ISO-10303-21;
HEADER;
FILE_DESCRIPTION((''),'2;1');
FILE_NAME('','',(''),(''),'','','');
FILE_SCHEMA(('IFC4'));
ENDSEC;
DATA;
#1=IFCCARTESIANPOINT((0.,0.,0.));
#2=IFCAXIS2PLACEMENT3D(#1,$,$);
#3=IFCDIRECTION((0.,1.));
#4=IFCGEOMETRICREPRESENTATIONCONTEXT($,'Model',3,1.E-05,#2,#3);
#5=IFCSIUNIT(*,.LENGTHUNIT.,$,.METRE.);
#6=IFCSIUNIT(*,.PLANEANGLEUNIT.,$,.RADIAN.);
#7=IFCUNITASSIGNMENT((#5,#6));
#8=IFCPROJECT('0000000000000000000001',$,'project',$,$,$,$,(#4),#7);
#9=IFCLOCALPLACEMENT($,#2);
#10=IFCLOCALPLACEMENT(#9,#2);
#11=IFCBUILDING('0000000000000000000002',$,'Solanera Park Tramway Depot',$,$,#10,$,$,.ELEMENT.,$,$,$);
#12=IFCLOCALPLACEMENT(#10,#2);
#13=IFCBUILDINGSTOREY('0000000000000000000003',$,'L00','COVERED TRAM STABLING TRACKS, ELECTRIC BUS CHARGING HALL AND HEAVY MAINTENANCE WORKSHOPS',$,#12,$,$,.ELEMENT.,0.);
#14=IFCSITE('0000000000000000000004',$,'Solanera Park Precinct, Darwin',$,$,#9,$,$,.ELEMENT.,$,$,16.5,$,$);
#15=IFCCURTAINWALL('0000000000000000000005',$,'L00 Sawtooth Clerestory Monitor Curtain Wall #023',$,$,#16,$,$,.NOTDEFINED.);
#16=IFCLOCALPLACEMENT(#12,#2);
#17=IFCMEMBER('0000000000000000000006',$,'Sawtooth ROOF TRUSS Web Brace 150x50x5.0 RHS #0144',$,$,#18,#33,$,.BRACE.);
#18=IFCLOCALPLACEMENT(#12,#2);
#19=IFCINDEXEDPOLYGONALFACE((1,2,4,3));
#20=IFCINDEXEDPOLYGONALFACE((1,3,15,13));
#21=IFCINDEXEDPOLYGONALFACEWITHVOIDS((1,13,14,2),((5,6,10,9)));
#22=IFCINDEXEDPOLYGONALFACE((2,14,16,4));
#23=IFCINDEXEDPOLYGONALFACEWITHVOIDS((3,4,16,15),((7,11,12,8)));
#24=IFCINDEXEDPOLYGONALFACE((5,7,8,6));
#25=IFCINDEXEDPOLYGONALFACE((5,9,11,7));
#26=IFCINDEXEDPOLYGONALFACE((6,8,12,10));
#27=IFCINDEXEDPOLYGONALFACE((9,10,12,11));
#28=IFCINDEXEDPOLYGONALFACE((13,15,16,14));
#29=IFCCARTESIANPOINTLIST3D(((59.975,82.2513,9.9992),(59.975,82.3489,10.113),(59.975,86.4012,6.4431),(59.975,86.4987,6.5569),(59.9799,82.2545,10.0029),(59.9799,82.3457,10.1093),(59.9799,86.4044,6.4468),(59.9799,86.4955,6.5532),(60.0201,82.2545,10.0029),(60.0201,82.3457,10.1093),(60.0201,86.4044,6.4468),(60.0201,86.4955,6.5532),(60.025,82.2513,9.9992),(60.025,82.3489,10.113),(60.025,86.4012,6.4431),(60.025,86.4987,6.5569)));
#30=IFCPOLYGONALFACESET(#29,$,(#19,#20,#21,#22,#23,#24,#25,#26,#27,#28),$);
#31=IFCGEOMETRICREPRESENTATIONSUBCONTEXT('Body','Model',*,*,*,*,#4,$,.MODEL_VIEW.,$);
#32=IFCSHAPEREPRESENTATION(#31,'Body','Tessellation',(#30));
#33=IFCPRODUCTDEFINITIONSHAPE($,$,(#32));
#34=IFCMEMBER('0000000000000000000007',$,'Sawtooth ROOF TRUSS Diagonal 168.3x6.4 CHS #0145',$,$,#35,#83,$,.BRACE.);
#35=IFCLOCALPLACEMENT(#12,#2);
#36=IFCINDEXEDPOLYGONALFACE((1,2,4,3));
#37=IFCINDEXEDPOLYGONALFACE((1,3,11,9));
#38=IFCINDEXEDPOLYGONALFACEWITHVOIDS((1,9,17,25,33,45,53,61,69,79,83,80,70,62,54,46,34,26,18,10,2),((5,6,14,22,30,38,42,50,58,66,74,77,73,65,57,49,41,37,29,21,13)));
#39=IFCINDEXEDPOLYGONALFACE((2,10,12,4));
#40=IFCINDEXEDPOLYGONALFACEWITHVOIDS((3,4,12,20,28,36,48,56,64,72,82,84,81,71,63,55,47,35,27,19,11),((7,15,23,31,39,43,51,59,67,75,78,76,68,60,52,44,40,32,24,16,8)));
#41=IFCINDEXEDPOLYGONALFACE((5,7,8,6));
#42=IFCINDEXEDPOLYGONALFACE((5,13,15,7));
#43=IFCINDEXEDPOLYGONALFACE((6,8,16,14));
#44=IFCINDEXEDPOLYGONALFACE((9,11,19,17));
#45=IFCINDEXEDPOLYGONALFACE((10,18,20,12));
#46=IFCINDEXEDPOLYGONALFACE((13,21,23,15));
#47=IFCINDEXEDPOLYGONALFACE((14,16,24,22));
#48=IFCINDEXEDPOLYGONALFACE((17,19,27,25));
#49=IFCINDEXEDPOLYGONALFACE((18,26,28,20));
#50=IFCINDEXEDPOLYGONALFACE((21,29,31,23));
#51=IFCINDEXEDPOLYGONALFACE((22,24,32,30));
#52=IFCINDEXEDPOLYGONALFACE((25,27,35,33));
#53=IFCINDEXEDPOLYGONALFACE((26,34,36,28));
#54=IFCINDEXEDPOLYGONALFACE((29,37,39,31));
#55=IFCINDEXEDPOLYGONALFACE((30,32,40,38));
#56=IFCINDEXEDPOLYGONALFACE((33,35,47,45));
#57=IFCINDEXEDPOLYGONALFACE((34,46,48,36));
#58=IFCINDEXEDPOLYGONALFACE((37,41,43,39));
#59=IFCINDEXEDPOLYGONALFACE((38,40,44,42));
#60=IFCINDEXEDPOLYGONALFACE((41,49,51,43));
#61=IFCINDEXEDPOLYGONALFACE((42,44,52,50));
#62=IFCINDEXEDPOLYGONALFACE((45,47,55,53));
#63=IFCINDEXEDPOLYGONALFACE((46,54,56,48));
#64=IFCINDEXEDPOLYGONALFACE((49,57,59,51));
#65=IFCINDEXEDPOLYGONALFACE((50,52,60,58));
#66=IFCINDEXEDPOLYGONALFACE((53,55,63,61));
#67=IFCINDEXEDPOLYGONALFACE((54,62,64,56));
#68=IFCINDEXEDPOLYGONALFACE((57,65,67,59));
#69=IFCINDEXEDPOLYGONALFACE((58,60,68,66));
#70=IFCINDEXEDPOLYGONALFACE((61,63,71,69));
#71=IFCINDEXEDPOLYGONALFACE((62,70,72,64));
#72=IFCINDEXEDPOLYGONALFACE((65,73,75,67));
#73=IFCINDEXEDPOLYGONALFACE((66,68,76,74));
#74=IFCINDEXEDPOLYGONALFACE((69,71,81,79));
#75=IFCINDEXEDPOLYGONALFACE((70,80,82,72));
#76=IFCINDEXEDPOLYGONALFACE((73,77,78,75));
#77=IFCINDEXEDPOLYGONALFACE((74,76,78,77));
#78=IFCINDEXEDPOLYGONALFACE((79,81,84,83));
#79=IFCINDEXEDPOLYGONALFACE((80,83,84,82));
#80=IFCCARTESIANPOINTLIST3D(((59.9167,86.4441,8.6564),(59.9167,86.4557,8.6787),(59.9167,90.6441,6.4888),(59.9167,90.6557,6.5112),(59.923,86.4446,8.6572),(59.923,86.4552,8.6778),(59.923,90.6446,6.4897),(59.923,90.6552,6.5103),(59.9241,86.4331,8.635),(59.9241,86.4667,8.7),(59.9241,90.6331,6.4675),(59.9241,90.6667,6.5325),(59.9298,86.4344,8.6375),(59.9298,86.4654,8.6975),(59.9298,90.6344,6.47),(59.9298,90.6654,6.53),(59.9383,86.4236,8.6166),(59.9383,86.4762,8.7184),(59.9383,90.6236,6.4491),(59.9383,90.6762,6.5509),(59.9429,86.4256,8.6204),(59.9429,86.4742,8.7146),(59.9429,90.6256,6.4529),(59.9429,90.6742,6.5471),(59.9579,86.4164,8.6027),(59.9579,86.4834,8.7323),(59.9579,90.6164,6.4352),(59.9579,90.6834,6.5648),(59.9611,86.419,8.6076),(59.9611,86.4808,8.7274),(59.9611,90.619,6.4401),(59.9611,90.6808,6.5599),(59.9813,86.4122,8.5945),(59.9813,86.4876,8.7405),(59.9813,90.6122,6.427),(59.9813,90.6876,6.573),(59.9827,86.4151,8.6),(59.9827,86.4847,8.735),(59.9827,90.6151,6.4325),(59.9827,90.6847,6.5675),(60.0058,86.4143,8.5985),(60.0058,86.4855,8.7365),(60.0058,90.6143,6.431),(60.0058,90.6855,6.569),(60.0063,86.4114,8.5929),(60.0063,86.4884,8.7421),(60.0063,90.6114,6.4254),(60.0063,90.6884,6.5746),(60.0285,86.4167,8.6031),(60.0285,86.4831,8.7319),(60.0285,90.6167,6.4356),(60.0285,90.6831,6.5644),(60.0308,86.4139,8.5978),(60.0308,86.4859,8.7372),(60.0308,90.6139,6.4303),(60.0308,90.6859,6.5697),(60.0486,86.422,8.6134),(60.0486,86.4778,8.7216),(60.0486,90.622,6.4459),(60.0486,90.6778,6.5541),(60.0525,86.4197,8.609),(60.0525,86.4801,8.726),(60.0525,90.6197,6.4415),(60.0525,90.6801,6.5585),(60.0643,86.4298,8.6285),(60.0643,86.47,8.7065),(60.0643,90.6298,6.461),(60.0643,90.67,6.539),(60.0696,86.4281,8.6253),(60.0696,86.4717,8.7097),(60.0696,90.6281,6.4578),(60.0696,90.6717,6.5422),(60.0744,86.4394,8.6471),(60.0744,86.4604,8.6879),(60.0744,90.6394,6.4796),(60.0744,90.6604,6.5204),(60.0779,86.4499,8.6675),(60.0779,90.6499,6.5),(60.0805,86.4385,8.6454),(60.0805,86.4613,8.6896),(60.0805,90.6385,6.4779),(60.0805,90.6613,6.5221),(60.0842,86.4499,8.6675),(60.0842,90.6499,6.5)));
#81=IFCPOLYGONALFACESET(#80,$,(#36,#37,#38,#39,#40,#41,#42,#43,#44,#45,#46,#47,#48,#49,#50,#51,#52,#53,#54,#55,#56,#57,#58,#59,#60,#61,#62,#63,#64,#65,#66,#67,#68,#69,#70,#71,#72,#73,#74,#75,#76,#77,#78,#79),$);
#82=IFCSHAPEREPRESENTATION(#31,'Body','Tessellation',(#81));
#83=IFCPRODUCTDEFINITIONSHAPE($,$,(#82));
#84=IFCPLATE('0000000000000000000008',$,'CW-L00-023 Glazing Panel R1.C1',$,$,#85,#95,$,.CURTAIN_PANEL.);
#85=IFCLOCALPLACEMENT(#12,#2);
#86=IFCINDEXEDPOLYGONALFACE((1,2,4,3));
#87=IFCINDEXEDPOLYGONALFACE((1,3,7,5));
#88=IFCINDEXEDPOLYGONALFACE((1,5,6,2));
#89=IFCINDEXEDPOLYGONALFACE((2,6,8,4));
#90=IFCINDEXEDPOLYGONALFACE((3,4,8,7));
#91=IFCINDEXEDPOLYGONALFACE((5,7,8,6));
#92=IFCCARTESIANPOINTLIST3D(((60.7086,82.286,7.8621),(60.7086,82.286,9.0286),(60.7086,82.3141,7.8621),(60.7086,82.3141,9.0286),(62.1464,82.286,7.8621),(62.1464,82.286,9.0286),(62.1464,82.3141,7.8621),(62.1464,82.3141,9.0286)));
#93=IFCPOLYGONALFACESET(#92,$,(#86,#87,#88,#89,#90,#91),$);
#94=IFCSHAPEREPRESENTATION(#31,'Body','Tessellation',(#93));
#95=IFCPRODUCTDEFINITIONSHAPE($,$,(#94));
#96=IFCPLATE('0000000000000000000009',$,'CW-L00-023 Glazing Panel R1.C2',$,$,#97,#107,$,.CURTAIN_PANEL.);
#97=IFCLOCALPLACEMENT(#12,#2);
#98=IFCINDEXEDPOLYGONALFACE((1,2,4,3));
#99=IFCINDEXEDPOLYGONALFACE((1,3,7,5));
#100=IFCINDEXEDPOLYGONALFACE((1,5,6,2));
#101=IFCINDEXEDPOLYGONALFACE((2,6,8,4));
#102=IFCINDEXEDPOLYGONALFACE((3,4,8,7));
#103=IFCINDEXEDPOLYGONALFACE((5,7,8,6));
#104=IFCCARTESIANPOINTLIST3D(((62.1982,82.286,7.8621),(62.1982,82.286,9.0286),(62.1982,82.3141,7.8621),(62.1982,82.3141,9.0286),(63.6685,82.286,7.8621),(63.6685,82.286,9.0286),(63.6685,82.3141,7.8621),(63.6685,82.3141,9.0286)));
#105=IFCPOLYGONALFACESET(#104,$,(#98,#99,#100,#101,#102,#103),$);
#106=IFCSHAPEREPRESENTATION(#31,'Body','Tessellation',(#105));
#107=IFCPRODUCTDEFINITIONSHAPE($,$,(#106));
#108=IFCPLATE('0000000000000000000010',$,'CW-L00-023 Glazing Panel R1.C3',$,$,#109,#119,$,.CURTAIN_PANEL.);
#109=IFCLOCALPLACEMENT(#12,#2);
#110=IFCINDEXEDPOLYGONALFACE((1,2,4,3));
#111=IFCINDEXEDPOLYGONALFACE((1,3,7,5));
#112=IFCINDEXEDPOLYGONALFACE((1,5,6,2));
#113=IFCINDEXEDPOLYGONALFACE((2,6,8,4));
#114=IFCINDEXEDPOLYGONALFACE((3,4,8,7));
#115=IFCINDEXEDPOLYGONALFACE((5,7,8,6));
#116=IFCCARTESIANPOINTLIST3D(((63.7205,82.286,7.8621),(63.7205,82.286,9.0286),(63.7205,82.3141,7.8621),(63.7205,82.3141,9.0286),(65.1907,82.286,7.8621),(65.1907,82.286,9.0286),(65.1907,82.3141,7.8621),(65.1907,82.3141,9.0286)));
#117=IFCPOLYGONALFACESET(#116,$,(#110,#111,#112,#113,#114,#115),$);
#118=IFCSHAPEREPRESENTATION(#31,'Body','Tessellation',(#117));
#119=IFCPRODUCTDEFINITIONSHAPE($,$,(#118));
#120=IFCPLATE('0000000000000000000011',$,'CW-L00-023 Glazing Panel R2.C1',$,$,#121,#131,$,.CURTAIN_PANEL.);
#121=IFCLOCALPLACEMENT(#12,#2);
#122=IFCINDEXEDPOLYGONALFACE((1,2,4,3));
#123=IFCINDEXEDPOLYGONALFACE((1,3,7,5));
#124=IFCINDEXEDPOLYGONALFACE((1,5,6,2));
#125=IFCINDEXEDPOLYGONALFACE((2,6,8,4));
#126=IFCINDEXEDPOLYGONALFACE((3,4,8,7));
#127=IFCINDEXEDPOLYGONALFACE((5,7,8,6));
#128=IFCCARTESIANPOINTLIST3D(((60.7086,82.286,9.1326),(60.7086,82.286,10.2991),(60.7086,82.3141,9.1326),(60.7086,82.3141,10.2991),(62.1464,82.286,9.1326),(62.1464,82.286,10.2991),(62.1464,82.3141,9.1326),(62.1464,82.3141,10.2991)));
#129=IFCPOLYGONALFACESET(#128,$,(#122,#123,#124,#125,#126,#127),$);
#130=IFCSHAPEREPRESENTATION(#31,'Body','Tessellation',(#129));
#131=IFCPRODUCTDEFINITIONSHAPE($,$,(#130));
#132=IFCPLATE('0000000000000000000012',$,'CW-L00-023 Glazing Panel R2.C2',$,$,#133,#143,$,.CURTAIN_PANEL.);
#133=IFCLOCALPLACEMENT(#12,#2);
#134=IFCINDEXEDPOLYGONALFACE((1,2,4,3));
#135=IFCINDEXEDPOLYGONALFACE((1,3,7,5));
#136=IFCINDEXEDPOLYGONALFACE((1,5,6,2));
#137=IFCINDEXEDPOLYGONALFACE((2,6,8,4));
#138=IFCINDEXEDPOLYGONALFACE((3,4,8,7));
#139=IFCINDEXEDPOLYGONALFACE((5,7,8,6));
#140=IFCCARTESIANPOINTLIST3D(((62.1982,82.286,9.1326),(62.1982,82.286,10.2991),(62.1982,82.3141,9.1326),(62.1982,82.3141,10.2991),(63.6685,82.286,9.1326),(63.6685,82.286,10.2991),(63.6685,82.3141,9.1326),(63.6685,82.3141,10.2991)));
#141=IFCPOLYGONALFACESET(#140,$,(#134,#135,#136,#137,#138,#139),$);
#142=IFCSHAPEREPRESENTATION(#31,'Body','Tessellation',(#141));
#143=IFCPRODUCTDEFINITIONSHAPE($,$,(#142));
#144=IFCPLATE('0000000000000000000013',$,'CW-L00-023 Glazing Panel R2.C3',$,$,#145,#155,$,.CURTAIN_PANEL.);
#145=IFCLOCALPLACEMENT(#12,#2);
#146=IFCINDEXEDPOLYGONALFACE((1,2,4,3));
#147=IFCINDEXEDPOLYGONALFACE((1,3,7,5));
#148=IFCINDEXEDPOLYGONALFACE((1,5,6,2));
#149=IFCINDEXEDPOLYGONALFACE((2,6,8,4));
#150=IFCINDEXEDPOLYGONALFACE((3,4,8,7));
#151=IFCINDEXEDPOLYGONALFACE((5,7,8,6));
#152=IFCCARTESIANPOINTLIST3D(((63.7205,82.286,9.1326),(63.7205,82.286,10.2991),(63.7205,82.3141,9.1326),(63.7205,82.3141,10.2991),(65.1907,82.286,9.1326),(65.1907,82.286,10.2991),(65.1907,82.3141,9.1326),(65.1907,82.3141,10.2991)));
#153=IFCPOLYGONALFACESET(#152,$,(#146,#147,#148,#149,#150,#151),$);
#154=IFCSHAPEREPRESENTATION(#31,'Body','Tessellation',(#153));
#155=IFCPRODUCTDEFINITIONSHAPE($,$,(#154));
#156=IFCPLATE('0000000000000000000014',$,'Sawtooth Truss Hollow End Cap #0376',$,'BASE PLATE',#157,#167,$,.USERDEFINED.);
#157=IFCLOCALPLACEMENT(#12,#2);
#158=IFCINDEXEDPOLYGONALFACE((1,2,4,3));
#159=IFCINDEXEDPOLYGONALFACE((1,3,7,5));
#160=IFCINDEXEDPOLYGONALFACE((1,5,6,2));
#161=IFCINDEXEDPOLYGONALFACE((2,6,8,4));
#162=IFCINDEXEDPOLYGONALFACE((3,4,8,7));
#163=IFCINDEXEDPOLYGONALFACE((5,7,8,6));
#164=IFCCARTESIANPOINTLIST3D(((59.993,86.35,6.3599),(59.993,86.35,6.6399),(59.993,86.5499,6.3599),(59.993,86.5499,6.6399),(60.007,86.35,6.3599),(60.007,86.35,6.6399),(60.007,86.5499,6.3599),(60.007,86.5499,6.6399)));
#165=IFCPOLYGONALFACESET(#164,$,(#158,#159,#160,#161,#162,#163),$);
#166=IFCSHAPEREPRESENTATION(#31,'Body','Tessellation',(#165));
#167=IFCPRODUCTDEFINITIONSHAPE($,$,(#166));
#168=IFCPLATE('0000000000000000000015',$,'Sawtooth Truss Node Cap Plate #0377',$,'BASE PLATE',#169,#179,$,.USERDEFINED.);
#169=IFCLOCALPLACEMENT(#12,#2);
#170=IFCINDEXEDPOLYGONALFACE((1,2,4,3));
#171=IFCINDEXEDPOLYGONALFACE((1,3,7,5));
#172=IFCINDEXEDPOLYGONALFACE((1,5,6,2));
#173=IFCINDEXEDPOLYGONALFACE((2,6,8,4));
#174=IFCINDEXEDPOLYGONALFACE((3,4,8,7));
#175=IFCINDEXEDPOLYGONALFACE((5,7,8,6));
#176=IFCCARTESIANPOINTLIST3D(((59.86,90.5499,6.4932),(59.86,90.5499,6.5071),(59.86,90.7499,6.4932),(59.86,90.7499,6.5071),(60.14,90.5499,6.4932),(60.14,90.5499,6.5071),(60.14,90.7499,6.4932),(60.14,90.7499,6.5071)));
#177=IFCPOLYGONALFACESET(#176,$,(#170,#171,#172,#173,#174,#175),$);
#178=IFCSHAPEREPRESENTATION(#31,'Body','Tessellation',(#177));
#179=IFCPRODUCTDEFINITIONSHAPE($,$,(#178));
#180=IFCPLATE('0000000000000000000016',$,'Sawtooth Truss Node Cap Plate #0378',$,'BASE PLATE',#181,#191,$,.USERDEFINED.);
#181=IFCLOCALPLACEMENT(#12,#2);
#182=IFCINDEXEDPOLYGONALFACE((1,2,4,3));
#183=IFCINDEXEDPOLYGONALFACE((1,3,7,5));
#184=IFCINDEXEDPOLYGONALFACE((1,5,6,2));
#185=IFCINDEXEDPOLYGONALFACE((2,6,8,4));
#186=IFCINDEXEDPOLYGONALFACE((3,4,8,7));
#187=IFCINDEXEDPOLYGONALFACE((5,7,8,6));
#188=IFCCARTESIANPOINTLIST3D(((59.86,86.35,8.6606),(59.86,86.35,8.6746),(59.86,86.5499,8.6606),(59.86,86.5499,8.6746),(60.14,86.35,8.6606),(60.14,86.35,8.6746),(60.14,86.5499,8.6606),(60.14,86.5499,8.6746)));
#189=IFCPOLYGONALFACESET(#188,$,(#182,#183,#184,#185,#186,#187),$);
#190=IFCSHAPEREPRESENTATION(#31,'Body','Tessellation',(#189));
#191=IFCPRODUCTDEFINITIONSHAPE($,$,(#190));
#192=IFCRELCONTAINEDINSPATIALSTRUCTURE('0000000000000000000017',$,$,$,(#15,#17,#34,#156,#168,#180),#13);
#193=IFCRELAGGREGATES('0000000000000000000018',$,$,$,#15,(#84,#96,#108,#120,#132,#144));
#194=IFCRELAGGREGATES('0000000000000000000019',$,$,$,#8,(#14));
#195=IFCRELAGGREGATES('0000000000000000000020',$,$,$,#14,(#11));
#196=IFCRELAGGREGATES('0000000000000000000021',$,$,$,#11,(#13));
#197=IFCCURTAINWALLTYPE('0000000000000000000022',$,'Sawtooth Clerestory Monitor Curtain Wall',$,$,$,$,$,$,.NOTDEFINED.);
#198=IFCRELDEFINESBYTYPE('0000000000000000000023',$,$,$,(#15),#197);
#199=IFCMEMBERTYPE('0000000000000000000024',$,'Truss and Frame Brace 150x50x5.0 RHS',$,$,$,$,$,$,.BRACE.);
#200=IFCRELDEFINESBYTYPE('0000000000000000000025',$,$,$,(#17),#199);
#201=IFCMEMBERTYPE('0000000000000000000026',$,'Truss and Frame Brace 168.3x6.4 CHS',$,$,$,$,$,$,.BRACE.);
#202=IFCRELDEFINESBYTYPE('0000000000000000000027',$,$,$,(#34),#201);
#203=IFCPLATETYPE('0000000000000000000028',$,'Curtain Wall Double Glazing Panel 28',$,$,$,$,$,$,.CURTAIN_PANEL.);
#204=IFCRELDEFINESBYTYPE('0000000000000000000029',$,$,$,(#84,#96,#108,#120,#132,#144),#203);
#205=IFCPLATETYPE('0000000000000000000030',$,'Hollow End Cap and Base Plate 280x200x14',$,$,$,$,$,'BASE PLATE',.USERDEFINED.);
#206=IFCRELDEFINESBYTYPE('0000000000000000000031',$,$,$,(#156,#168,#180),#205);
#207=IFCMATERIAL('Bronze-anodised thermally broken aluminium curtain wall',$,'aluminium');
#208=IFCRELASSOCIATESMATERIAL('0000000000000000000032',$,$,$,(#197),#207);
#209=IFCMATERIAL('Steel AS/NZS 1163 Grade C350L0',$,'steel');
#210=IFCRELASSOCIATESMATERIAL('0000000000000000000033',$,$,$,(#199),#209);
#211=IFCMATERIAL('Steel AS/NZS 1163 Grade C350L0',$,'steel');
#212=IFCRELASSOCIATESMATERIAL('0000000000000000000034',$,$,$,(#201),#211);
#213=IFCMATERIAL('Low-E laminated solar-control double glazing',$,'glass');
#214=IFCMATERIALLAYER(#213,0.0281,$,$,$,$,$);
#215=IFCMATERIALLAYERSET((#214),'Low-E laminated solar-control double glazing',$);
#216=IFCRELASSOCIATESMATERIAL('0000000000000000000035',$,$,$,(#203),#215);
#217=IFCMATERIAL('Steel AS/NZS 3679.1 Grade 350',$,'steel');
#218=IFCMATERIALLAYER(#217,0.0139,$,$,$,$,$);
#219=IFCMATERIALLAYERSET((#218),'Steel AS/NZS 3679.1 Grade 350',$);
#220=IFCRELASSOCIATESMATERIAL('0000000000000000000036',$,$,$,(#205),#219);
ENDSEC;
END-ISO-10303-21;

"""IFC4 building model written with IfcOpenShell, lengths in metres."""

from ifc_helpers import new_model, si_unit, direction, frame, origin, origin_2d, place, context, subcontext, project, spatial, rectangle, hollow_rectangle, hollow_circle, extrude, material, layer, layer_set, material_profile, profile_set, type_object, element, aggregate, save


model = new_model("IFC4")

# Units and contexts
model_context = context("Model", 3, precision=1e-05, world=origin(), true_north=direction((0.0, 1.0)))
body_context = subcontext(model_context, "Body", "Model", "MODEL_VIEW")
ifc_project = project(units=[si_unit("LENGTHUNIT", "METRE"), si_unit("PLANEANGLEUNIT", "RADIAN")], contexts=[model_context])

# Site, building, storey
site_placement = place(None, origin())
site = spatial("IfcSite", under=ifc_project, at=site_placement, Name="Solanera Park Precinct, Darwin", CompositionType="ELEMENT", RefElevation=16.5)
building_placement = place(site_placement, origin())
building = spatial("IfcBuilding", under=site, at=building_placement, Name="Solanera Park Tramway Depot", CompositionType="ELEMENT")
storey_placement = place(building_placement, origin())
storey = spatial("IfcBuildingStorey", under=building, at=storey_placement, Name="L00", Description="COVERED TRAM STABLING TRACKS, ELECTRIC BUS CHARGING HALL AND HEAVY MAINTENANCE WORKSHOPS", CompositionType="ELEMENT", Elevation=0.0)

# Curtain wall
ifc_material_1 = material(Name="Bronze-anodised thermally broken aluminium curtain wall", Category="aluminium")
curtain_wall_type = type_object("IfcCurtainWallType", Name="Sawtooth Clerestory Monitor Curtain Wall", PredefinedType="NOTDEFINED", material=ifc_material_1)
curtain_wall_placement = place(storey_placement, origin())
curtain_wall = element("IfcCurtainWall", 1, at=curtain_wall_placement, inside=storey, type_object=curtain_wall_type, Name="L00 Sawtooth Clerestory Monitor Curtain Wall #023", PredefinedType="NOTDEFINED")

# Members
ifc_material_2 = material(Name="Steel AS/NZS 1163 Grade C350L0", Category="steel")
ifc_material_profile_1 = material_profile(ifc_material_2, hollow_rectangle(XDim=0.05, YDim=0.1499, WallThickness=0.0049, at=origin_2d()), Name="150x50x5.0 RHS")
ifc_profile_set_1 = profile_set([ifc_material_profile_1], Name="Steel AS/NZS 1163 Grade C350L0")
member_type_1 = type_object("IfcMemberType", Name="Truss and Frame Brace 150x50x5.0 RHS", PredefinedType="BRACE", material=ifc_profile_set_1)
member_1_placement = place(storey_placement, frame((60.0, 86.45, 6.5), z_axis=(0.0, -0.759339, 0.650696), x_axis=(1.0, 0.0, 0.0)))
element("IfcMember", 2, at=member_1_placement, inside=storey, type_object=member_type_1, Name="Sawtooth ROOF TRUSS Web Brace 150x50x5.0 RHS #0144", PredefinedType="BRACE", context=body_context, shape_type="SweptSolid", body=[
    extrude(hollow_rectangle(XDim=0.05, YDim=0.1499, WallThickness=0.0049, at=origin_2d()), origin(), (0.0, 0.0, 1.0), 5.4651),
])
ifc_material_3 = material(Name="Steel AS/NZS 1163 Grade C350L0", Category="steel")
ifc_material_profile_2 = material_profile(ifc_material_3, hollow_circle(Radius=0.0842, WallThickness=0.0063, at=origin_2d()), Name="168.3x6.4 CHS")
ifc_profile_set_2 = profile_set([ifc_material_profile_2], Name="Steel AS/NZS 1163 Grade C350L0")
member_type_2 = type_object("IfcMemberType", Name="Truss and Frame Brace 168.3x6.4 CHS", PredefinedType="BRACE", material=ifc_profile_set_2)
member_2_placement = place(storey_placement, frame((60.0, 90.6499, 6.5), z_axis=(0.0, -0.888641, 0.458603), x_axis=(1.0, 0.0, 0.0)))
element("IfcMember", 3, at=member_2_placement, inside=storey, type_object=member_type_2, Name="Sawtooth ROOF TRUSS Diagonal 168.3x6.4 CHS #0145", PredefinedType="BRACE", context=body_context, shape_type="SweptSolid", body=[
    extrude(hollow_circle(Radius=0.0842, WallThickness=0.0063, at=origin_2d()), origin(), (0.0, 0.0, 1.0), 4.7263),
])

# Plates
ifc_material_4 = material(Name="Low-E laminated solar-control double glazing", Category="glass")
ifc_layer_1 = layer(ifc_material_4, 0.0281)
ifc_layer_set_1 = layer_set([ifc_layer_1], Name="Low-E laminated solar-control double glazing")
plate_type_1 = type_object("IfcPlateType", Name="Curtain Wall Double Glazing Panel 28", PredefinedType="CURTAIN_PANEL", material=ifc_layer_set_1)
plate_1_placement = place(storey_placement, frame((61.4275, 82.3, 7.8621), z_axis=(0.0, 0.0, 1.0), x_axis=(1.0, 0.0, 0.0)))
plate_1 = element("IfcPlate", 4, at=plate_1_placement, type_object=plate_type_1, Name="CW-L00-023 Glazing Panel R1.C1", PredefinedType="CURTAIN_PANEL", context=body_context, shape_type="SweptSolid", body=[
    extrude(rectangle(XDim=1.4377, YDim=0.0281, at=origin_2d()), origin(), (0.0, 0.0, 1.0), 1.1665),
])
plate_2_placement = place(storey_placement, frame((62.9333, 82.3, 7.8621), z_axis=(0.0, 0.0, 1.0), x_axis=(1.0, 0.0, 0.0)))
plate_2 = element("IfcPlate", 5, at=plate_2_placement, type_object=plate_type_1, Name="CW-L00-023 Glazing Panel R1.C2", PredefinedType="CURTAIN_PANEL", context=body_context, shape_type="SweptSolid", body=[
    extrude(rectangle(XDim=1.4702, YDim=0.0281, at=origin_2d()), origin(), (0.0, 0.0, 1.0), 1.1665),
])
plate_3_placement = place(storey_placement, frame((64.4556, 82.3, 7.8621), z_axis=(0.0, 0.0, 1.0), x_axis=(1.0, 0.0, 0.0)))
plate_3 = element("IfcPlate", 6, at=plate_3_placement, type_object=plate_type_1, Name="CW-L00-023 Glazing Panel R1.C3", PredefinedType="CURTAIN_PANEL", context=body_context, shape_type="SweptSolid", body=[
    extrude(rectangle(XDim=1.4702, YDim=0.0281, at=origin_2d()), origin(), (0.0, 0.0, 1.0), 1.1665),
])
plate_4_placement = place(storey_placement, frame((61.4275, 82.3, 9.1326), z_axis=(0.0, 0.0, 1.0), x_axis=(1.0, 0.0, 0.0)))
plate_4 = element("IfcPlate", 7, at=plate_4_placement, type_object=plate_type_1, Name="CW-L00-023 Glazing Panel R2.C1", PredefinedType="CURTAIN_PANEL", context=body_context, shape_type="SweptSolid", body=[
    extrude(rectangle(XDim=1.4377, YDim=0.0281, at=origin_2d()), origin(), (0.0, 0.0, 1.0), 1.1665),
])
plate_5_placement = place(storey_placement, frame((62.9333, 82.3, 9.1326), z_axis=(0.0, 0.0, 1.0), x_axis=(1.0, 0.0, 0.0)))
plate_5 = element("IfcPlate", 8, at=plate_5_placement, type_object=plate_type_1, Name="CW-L00-023 Glazing Panel R2.C2", PredefinedType="CURTAIN_PANEL", context=body_context, shape_type="SweptSolid", body=[
    extrude(rectangle(XDim=1.4702, YDim=0.0281, at=origin_2d()), origin(), (0.0, 0.0, 1.0), 1.1665),
])
plate_6_placement = place(storey_placement, frame((64.4556, 82.3, 9.1326), z_axis=(0.0, 0.0, 1.0), x_axis=(1.0, 0.0, 0.0)))
plate_6 = element("IfcPlate", 9, at=plate_6_placement, type_object=plate_type_1, Name="CW-L00-023 Glazing Panel R2.C3", PredefinedType="CURTAIN_PANEL", context=body_context, shape_type="SweptSolid", body=[
    extrude(rectangle(XDim=1.4702, YDim=0.0281, at=origin_2d()), origin(), (0.0, 0.0, 1.0), 1.1665),
])
aggregate(curtain_wall, [plate_1, plate_2, plate_3, plate_4, plate_5, plate_6])

# Plates
ifc_material_5 = material(Name="Steel AS/NZS 3679.1 Grade 350", Category="steel")
ifc_layer_2 = layer(ifc_material_5, 0.0139)
ifc_layer_set_2 = layer_set([ifc_layer_2], Name="Steel AS/NZS 3679.1 Grade 350")
plate_type_2 = type_object("IfcPlateType", Name="Hollow End Cap and Base Plate 280x200x14", ElementType="BASE PLATE", PredefinedType="USERDEFINED", material=ifc_layer_set_2)
plate_7_placement = place(storey_placement, frame((60.0, 86.45, 6.3599), z_axis=(0.0, 0.0, 1.0), x_axis=(1.0, 0.0, 0.0)))
element("IfcPlate", 10, at=plate_7_placement, inside=storey, type_object=plate_type_2, Name="Sawtooth Truss Hollow End Cap #0376", ObjectType="BASE PLATE", PredefinedType="USERDEFINED", context=body_context, shape_type="SweptSolid", body=[
    extrude(rectangle(XDim=0.0139, YDim=0.2, at=origin_2d()), origin(), (0.0, 0.0, 1.0), 0.28),
])
for number, where, z_axis, x_axis, name in (
    (11, (60.0, 90.6499, 6.4932), (0.0, 0.0, 1.0), (1.0, 0.0, 0.0), "Sawtooth Truss Node Cap Plate #0377"),
    (12, (60.0, 86.45, 8.6606), (0.0, 0.0, 1.0), (1.0, 0.0, 0.0), "Sawtooth Truss Node Cap Plate #0378"),
):
    element("IfcPlate", number, at=place(storey_placement, frame(where, z_axis=z_axis, x_axis=x_axis)), inside=storey, type_object=plate_type_2, Name=name, ObjectType="BASE PLATE", PredefinedType="USERDEFINED", context=body_context, shape_type="SweptSolid", body=[
        extrude(rectangle(XDim=0.28, YDim=0.2, at=origin_2d()), origin(), (0.0, 0.0, 1.0), 0.0139),
    ])

save(model, "model.ifc")
